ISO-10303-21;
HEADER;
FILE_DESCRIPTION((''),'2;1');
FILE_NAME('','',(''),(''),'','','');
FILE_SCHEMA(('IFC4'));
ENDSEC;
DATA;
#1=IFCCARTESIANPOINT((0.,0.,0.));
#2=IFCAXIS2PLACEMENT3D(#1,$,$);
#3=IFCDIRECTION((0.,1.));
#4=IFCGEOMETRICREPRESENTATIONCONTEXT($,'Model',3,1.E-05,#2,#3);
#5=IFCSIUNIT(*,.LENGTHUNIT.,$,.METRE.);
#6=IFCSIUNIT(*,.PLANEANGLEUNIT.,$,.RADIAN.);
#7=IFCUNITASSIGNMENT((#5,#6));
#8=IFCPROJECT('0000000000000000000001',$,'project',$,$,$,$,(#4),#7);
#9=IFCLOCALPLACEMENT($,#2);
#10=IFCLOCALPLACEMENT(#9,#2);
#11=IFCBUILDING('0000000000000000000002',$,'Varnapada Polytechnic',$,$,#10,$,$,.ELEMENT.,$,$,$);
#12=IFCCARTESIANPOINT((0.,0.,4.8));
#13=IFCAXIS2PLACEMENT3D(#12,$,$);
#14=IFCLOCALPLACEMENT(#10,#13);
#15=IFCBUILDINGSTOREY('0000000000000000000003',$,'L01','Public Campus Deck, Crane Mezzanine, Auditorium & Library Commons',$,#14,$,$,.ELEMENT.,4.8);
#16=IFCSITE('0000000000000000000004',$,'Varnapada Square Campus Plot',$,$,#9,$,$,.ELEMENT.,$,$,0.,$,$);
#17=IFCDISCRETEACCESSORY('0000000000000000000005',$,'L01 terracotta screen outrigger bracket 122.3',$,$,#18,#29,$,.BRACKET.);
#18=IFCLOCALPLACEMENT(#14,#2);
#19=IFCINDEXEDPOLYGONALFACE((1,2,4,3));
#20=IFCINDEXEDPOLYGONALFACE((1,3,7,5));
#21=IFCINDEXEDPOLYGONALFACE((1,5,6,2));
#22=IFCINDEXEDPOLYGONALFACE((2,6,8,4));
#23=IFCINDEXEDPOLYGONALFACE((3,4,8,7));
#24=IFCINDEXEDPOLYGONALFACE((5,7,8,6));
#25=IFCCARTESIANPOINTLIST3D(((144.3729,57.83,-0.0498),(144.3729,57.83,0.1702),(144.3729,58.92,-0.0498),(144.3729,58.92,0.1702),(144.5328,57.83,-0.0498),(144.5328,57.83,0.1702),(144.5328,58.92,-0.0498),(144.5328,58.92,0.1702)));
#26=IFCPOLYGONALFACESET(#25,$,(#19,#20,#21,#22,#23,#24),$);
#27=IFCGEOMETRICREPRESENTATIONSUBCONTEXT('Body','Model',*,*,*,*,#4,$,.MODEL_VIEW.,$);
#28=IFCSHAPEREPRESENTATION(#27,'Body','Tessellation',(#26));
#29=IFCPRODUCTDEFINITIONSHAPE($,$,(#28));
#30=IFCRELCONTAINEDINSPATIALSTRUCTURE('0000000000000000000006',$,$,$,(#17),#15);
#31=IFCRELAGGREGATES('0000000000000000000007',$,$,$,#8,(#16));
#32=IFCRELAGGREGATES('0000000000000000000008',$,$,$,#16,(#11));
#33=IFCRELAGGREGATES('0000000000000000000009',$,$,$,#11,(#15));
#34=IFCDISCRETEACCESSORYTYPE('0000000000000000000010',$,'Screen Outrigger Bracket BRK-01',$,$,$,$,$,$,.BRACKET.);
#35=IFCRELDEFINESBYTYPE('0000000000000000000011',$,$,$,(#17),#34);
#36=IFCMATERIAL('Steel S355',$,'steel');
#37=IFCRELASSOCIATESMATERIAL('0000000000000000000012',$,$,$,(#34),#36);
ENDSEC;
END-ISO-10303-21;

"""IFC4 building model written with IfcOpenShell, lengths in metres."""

from ifc_helpers import new_model, si_unit, direction, frame, origin, origin_2d, place, context, subcontext, project, spatial, rectangle, extrude, material, type_object, element, save


model = new_model("IFC4")

# Units and contexts
model_context = context("Model", 3, precision=1e-05, world=origin(), true_north=direction((0.0, 1.0)))
body_context = subcontext(model_context, "Body", "Model", "MODEL_VIEW")
ifc_project = project(units=[si_unit("LENGTHUNIT", "METRE"), si_unit("PLANEANGLEUNIT", "RADIAN")], contexts=[model_context])

# Site, building, storey
site_placement = place(None, origin())
site = spatial("IfcSite", under=ifc_project, at=site_placement, Name="Varnapada Square Campus Plot", CompositionType="ELEMENT", RefElevation=0.0)
building_placement = place(site_placement, origin())
building = spatial("IfcBuilding", under=site, at=building_placement, Name="Varnapada Polytechnic", CompositionType="ELEMENT")
storey_placement = place(building_placement, frame((0.0, 0.0, 4.8)))
storey = spatial("IfcBuildingStorey", under=building, at=storey_placement, Name="L01", Description="Public Campus Deck, Crane Mezzanine, Auditorium & Library Commons", CompositionType="ELEMENT", Elevation=4.8)

# Discrete accessory
ifc_material_1 = material(Name="Steel S355", Category="steel")
discrete_accessory_type = type_object("IfcDiscreteAccessoryType", Name="Screen Outrigger Bracket BRK-01", PredefinedType="BRACKET", material=ifc_material_1)
for number, where, z_axis, x_axis, name in (
    (1, (144.4529, 58.375, -0.0498), (0.0, 0.0, 1.0), (-1.0, 0.0, 0.0), "L01 terracotta screen outrigger bracket 122.3"),
):
    element("IfcDiscreteAccessory", number, at=place(storey_placement, frame(where, z_axis=z_axis, x_axis=x_axis)), inside=storey, type_object=discrete_accessory_type, Name=name, PredefinedType="BRACKET", context=body_context, shape_type="SweptSolid", body=[
        extrude(rectangle(XDim=0.1599, YDim=1.0901, at=origin_2d()), origin(), (0.0, 0.0, 1.0), 0.22),
    ])

save(model, "model.ifc")
